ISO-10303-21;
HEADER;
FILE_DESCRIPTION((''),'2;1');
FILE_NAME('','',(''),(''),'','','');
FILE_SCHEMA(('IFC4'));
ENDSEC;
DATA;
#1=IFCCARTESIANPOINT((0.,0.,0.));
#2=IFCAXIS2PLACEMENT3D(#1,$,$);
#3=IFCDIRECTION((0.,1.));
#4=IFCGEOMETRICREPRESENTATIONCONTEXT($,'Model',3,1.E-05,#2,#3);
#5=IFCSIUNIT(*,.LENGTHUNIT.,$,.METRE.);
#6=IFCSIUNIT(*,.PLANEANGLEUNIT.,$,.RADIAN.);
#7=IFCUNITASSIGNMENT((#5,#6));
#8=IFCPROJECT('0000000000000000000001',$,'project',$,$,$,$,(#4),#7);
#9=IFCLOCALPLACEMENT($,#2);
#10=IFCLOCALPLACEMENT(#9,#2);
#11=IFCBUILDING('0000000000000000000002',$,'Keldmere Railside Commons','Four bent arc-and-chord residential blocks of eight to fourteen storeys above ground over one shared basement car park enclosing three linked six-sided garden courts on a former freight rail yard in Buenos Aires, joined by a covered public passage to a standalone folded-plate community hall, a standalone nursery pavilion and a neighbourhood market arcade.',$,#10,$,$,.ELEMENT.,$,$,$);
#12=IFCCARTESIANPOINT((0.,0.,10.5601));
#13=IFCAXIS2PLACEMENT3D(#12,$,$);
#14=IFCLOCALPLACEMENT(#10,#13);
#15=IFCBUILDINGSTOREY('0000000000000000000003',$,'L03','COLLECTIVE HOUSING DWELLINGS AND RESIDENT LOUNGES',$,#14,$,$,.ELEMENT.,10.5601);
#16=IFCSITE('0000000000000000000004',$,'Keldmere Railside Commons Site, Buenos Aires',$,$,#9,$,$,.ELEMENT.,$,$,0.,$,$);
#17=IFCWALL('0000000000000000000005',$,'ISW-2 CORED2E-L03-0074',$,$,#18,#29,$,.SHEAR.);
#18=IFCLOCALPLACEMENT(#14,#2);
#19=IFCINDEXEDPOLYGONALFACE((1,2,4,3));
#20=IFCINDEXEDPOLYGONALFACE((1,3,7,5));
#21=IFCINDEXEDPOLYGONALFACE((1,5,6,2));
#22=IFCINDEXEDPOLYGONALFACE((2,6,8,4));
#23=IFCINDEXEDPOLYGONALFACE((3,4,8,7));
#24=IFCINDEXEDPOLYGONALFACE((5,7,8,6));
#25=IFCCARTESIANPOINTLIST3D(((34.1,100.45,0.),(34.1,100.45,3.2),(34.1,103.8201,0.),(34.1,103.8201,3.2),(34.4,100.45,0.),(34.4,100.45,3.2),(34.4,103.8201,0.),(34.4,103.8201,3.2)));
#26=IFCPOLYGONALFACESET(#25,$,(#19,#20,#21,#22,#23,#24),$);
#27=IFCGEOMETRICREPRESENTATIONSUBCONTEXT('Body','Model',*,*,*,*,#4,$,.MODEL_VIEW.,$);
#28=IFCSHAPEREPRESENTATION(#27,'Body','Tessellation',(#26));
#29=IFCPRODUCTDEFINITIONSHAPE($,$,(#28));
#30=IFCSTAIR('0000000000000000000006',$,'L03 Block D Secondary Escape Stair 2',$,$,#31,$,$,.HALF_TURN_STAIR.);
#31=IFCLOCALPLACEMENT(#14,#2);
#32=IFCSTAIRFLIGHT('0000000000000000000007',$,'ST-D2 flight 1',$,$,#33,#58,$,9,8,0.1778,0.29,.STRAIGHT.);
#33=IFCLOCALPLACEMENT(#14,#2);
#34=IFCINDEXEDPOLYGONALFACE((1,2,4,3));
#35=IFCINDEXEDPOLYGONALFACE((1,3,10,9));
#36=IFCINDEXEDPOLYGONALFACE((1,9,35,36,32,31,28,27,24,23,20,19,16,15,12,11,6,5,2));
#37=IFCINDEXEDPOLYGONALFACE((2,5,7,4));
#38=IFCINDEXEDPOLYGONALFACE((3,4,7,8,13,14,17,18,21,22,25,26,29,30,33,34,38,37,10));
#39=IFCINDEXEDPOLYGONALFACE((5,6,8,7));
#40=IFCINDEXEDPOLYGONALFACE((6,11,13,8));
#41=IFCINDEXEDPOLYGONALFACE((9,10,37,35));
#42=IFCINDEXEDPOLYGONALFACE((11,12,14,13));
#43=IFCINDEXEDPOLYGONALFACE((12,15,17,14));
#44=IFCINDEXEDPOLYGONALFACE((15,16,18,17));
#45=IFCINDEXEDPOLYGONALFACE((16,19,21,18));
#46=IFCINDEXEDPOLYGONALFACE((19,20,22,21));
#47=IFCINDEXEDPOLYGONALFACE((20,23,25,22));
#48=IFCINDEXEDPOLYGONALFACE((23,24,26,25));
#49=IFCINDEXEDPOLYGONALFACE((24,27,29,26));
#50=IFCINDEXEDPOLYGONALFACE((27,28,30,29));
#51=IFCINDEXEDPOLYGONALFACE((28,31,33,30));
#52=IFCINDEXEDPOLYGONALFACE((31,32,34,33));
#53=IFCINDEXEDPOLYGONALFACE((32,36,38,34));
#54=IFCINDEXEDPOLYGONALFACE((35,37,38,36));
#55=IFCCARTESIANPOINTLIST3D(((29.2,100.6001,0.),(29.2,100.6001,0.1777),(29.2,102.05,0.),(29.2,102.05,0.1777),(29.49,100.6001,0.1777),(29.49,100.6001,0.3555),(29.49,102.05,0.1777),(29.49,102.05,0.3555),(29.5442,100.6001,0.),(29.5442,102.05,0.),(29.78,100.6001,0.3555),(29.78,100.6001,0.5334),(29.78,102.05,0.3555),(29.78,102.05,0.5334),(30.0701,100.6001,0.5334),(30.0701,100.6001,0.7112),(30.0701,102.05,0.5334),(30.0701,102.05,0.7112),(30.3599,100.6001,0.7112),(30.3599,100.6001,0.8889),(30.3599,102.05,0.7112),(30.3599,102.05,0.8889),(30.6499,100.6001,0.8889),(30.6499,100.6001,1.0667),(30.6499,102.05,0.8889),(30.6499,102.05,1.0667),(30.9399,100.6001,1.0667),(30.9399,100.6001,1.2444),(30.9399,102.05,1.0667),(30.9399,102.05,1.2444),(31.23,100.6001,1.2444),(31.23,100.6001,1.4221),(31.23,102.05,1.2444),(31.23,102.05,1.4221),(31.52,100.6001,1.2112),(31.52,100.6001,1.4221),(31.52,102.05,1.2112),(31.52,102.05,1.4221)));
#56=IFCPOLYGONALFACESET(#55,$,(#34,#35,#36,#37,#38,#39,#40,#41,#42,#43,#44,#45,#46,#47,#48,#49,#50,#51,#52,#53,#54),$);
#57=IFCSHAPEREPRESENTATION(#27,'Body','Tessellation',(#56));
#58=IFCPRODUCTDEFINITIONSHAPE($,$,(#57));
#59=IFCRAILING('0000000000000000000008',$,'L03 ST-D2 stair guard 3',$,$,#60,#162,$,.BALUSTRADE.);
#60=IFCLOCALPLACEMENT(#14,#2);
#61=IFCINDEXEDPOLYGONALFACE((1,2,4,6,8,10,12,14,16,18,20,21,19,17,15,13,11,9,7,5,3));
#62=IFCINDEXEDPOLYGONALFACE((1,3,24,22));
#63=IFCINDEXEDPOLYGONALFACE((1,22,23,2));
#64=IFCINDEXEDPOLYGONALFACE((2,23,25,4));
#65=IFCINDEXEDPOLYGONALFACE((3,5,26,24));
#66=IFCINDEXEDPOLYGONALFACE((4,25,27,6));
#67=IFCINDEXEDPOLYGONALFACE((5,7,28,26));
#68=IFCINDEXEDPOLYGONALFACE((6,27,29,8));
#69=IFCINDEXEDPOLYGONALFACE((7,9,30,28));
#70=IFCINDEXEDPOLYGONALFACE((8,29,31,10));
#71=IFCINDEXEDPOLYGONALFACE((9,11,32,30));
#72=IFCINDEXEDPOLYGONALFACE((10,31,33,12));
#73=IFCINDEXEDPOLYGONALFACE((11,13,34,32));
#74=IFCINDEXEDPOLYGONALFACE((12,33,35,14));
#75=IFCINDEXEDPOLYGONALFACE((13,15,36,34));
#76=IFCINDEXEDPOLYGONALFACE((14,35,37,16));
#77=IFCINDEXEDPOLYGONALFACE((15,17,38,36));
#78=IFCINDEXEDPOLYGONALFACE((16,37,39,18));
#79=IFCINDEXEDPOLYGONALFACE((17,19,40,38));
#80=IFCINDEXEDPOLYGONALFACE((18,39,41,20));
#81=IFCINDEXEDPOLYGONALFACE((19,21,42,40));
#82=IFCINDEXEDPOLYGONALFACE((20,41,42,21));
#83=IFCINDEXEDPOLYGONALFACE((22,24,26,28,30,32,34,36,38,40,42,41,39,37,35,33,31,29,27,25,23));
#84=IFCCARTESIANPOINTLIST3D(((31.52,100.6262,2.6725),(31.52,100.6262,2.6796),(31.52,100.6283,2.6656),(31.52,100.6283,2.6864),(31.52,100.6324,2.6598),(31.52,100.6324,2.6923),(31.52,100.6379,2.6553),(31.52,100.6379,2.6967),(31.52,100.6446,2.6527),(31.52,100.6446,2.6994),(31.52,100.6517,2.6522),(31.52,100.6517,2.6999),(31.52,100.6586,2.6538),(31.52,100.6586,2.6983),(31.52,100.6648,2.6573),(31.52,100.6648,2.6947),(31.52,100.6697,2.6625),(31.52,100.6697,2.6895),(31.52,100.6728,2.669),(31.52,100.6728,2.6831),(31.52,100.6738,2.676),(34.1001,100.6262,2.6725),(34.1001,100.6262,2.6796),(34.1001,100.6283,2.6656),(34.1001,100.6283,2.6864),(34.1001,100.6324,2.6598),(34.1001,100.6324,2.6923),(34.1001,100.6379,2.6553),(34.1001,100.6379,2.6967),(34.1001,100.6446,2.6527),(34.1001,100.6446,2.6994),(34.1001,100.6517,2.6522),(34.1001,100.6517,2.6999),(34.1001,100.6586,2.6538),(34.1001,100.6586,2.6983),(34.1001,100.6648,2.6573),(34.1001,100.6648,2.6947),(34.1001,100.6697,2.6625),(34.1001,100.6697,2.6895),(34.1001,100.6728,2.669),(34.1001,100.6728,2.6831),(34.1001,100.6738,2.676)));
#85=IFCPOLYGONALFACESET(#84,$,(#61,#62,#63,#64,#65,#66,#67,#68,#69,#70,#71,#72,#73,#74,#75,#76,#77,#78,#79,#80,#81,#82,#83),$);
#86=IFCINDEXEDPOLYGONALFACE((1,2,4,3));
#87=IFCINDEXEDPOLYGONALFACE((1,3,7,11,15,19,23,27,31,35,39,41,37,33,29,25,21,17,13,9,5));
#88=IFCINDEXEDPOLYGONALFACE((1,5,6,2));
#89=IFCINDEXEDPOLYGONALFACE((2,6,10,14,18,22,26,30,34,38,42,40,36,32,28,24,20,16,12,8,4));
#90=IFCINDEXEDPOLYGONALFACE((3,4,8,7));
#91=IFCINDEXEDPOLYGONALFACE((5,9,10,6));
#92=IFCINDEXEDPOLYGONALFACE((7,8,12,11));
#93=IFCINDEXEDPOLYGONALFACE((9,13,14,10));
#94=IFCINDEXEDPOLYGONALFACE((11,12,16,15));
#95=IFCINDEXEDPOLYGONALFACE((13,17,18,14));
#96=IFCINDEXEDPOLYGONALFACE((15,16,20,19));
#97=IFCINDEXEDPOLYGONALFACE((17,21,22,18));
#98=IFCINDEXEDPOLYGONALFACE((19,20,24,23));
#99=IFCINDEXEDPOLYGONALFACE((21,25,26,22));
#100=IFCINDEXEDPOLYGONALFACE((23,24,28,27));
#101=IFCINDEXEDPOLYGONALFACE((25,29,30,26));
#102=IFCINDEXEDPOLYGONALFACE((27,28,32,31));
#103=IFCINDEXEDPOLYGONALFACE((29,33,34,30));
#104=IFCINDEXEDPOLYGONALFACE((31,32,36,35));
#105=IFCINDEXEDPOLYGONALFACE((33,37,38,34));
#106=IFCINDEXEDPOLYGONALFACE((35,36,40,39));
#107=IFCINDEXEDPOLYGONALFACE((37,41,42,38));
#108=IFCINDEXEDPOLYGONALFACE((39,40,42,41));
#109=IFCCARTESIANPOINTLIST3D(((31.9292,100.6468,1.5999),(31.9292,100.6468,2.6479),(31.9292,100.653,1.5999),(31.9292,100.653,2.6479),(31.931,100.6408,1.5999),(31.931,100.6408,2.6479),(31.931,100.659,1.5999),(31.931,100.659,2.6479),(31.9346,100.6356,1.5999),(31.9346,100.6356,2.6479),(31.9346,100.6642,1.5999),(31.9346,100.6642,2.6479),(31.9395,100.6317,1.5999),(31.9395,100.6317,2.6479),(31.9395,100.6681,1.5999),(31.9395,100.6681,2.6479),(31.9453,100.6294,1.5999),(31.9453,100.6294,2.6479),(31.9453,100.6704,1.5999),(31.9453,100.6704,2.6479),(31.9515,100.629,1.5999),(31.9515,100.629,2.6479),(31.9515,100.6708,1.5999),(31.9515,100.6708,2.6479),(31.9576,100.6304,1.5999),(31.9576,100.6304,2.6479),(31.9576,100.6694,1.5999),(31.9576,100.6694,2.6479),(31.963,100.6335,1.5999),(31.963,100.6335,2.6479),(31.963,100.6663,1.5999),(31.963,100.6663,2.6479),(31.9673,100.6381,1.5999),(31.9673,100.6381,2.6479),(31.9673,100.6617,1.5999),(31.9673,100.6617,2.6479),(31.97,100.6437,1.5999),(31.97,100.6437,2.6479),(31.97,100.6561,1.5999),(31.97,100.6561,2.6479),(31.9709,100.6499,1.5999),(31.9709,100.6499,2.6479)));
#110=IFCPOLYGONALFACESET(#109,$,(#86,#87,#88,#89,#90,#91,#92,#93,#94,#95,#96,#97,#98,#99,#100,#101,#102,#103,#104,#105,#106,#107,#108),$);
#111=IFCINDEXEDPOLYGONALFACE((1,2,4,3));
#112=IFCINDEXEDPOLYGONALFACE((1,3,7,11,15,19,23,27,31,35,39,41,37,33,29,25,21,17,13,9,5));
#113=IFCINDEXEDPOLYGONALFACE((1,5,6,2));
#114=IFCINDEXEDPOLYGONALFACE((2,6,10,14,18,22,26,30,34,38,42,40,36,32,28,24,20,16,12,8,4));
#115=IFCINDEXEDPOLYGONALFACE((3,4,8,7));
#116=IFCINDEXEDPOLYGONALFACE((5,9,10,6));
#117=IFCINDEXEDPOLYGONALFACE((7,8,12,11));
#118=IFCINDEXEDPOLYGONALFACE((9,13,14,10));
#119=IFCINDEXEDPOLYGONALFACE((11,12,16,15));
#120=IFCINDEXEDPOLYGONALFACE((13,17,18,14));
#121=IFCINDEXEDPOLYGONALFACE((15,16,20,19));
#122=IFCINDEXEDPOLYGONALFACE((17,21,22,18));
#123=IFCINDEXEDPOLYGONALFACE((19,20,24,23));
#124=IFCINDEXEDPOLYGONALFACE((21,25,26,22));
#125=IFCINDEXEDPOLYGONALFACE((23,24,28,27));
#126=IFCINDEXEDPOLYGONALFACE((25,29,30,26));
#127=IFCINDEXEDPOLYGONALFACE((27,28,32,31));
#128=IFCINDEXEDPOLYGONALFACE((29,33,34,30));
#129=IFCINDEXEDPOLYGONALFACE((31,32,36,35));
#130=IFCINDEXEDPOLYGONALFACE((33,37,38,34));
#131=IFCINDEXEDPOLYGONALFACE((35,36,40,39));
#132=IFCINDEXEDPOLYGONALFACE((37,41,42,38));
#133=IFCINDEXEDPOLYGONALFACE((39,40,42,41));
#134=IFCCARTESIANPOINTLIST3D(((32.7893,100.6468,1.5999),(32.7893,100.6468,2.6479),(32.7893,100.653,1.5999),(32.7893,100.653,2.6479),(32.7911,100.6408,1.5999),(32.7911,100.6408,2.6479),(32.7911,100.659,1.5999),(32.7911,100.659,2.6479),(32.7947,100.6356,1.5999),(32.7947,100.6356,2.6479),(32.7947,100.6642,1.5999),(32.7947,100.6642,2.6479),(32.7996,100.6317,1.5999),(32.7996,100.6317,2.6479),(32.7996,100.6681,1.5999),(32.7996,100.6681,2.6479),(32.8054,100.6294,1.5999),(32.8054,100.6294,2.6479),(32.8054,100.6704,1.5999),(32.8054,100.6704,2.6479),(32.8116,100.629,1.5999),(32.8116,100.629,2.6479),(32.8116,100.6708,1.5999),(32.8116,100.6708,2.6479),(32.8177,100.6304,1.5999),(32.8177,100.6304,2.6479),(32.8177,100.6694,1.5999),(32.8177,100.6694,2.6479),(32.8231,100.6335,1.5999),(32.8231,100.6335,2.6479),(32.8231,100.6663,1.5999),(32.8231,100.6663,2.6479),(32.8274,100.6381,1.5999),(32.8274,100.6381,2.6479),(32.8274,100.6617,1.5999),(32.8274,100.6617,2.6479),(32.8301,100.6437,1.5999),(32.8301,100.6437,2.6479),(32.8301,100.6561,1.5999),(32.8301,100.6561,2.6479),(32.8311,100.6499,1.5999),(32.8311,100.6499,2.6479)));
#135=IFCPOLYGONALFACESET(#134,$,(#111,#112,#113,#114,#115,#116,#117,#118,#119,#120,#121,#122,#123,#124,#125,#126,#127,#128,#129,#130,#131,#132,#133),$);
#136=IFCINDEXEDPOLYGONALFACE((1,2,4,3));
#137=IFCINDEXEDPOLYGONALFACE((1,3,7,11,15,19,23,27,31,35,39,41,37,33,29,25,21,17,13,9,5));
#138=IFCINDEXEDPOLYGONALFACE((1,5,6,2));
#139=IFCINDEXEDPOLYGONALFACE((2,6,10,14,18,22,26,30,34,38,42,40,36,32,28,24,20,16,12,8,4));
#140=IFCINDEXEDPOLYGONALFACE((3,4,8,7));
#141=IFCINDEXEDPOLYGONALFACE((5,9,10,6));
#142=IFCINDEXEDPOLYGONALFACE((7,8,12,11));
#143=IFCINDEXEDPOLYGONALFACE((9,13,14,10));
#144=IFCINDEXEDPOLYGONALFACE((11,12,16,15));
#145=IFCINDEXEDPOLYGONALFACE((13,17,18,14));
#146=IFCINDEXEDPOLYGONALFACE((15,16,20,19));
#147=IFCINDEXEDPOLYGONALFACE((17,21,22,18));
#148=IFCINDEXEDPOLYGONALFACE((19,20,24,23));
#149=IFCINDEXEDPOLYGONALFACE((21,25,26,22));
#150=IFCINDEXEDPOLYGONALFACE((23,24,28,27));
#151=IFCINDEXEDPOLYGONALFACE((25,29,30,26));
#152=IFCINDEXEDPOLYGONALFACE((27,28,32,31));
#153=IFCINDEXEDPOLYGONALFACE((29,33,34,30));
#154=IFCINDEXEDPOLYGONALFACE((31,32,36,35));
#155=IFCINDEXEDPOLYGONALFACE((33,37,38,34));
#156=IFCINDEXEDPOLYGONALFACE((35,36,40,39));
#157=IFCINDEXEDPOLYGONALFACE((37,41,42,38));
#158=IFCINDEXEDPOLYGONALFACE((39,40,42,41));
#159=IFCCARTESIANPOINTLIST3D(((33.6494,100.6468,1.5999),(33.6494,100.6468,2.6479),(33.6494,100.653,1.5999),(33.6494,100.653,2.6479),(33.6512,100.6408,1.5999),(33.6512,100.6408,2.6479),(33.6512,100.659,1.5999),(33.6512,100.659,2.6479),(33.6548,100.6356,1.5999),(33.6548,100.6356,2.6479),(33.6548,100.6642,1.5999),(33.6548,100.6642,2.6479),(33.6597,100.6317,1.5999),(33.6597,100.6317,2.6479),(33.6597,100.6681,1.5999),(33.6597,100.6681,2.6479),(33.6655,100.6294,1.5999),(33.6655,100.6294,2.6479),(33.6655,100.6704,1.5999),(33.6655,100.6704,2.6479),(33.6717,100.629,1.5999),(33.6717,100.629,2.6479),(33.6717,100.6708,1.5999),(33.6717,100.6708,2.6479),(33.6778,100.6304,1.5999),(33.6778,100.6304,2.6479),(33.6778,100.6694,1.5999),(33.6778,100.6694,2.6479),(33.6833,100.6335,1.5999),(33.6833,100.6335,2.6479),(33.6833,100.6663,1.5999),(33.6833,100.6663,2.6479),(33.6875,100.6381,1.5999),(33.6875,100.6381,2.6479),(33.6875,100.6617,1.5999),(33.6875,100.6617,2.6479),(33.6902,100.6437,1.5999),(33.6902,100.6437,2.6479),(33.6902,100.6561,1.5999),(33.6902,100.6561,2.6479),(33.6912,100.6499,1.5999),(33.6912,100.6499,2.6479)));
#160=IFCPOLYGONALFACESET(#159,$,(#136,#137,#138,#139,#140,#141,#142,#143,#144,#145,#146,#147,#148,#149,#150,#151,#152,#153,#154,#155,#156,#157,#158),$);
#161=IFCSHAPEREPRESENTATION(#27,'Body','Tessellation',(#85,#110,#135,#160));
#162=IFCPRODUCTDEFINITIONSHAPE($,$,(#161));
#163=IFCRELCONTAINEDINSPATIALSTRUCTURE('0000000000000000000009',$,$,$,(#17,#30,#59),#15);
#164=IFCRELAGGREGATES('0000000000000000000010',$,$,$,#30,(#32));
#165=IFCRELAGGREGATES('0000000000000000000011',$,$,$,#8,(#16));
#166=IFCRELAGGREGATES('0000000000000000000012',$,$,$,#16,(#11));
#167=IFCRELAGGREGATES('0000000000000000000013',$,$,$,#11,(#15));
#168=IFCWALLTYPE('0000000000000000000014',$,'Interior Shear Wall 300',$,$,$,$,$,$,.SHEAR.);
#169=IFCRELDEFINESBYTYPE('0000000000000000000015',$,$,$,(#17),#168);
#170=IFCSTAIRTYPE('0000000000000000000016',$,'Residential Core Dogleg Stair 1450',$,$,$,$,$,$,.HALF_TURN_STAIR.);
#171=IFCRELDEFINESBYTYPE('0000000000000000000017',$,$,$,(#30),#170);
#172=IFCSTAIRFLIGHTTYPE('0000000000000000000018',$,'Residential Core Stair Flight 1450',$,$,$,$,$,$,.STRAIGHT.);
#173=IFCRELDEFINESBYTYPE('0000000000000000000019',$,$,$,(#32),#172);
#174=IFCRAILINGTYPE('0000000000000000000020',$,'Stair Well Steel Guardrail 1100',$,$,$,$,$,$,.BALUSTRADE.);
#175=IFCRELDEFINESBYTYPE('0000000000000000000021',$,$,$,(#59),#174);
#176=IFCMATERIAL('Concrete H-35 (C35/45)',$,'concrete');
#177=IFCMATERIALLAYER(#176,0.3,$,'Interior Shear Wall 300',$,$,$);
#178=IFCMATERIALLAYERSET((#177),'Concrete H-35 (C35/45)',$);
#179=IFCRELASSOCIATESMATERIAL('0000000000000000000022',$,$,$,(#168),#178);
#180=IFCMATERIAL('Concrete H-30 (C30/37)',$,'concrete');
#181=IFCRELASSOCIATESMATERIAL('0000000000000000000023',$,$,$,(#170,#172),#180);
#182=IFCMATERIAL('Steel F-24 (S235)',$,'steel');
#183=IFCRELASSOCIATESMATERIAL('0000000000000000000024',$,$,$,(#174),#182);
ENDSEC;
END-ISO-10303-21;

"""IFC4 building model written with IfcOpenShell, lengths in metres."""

from ifc_helpers import new_model, si_unit, direction, frame, frame_2d, origin, origin_2d, place, context, subcontext, project, spatial, polyline, rectangle, circle, outline, extrude, material, layer, layer_set, type_object, element, aggregate, save


model = new_model("IFC4")

# Units and contexts
model_context = context("Model", 3, precision=1e-05, world=origin(), true_north=direction((0.0, 1.0)))
body_context = subcontext(model_context, "Body", "Model", "MODEL_VIEW")
ifc_project = project(units=[si_unit("LENGTHUNIT", "METRE"), si_unit("PLANEANGLEUNIT", "RADIAN")], contexts=[model_context])

# Site, building, storey
site_placement = place(None, origin())
site = spatial("IfcSite", under=ifc_project, at=site_placement, Name="Keldmere Railside Commons Site, Buenos Aires", CompositionType="ELEMENT", RefElevation=0.0)
building_placement = place(site_placement, origin())
building = spatial("IfcBuilding", under=site, at=building_placement, Name="Keldmere Railside Commons", Description="Four bent arc-and-chord residential blocks of eight to fourteen storeys above ground over one shared basement car park enclosing three linked six-sided garden courts on a former freight rail yard in Buenos Aires, joined by a covered public passage to a standalone folded-plate community hall, a standalone nursery pavilion and a neighbourhood market arcade.", CompositionType="ELEMENT")
storey_placement = place(building_placement, frame((0.0, 0.0, 10.5601)))
storey = spatial("IfcBuildingStorey", under=building, at=storey_placement, Name="L03", Description="COLLECTIVE HOUSING DWELLINGS AND RESIDENT LOUNGES", CompositionType="ELEMENT", Elevation=10.5601)

# Shared definitions
ifc_material_1 = material(Name="Concrete H-35 (C35/45)", Category="concrete")

# Wall
ifc_layer_1 = layer(ifc_material_1, 0.3, Name="Interior Shear Wall 300")
ifc_layer_set_1 = layer_set([ifc_layer_1], Name="Concrete H-35 (C35/45)")
wall_type_1 = type_object("IfcWallType", Name="Interior Shear Wall 300", PredefinedType="SHEAR", material=ifc_layer_set_1)
wall_1_placement = place(storey_placement, frame((34.25, 100.45, 0.0), z_axis=(0.0, 0.0, 1.0), x_axis=(0.0, 1.0, 0.0)))
element("IfcWall", 1, at=wall_1_placement, inside=storey, type_object=wall_type_1, Name="ISW-2 CORED2E-L03-0074", PredefinedType="SHEAR", context=body_context, shape_type="SweptSolid", body=[
    extrude(rectangle(XDim=3.3701, YDim=0.3, at=frame_2d((1.6851, 0.0))), origin(), (0.0, 0.0, 1.0), 3.2),
])

# Stair, stair flight
ifc_material_2 = material(Name="Concrete H-30 (C30/37)", Category="concrete")
stair_type = type_object("IfcStairType", Name="Residential Core Dogleg Stair 1450", PredefinedType="HALF_TURN_STAIR", material=ifc_material_2)
stair_placement = place(storey_placement, origin())
stair = element("IfcStair", 2, at=stair_placement, inside=storey, type_object=stair_type, Name="L03 Block D Secondary Escape Stair 2", PredefinedType="HALF_TURN_STAIR")
stair_flight_type = type_object("IfcStairFlightType", Name="Residential Core Stair Flight 1450", PredefinedType="STRAIGHT", material=ifc_material_2)
stair_flight_placement = place(storey_placement, frame((29.2, 101.325, 0.0), z_axis=(0.0, 0.0, 1.0), x_axis=(1.0, 0.0, 0.0)))
stair_flight = element("IfcStairFlight", 3, at=stair_flight_placement, type_object=stair_flight_type, Name="ST-D2 flight 1", NumberOfRisers=9, NumberOfTreads=8, PredefinedType="STRAIGHT", RiserHeight=0.1778, TreadLength=0.29, context=body_context, shape_type="SweptSolid", body=[
    extrude(outline(polyline([(0.0, 0.0), (0.0, 0.1777), (0.29, 0.1777), (0.29, 0.3555), (0.5801, 0.3555), (0.5801, 0.5334), (0.8701, 0.5334), (0.8701, 0.7112), (1.1599, 0.7112), (1.1599, 0.8889), (1.45, 0.8889), (1.45, 1.0667), (1.74, 1.0667), (1.74, 1.2444), (2.03, 1.2444), (2.03, 1.4221), (2.3201, 1.4221), (2.3201, 1.6001), (2.3201, 1.2112), (0.3442, 0.0), (0.0, 0.0)])), frame((0.0, 0.7251, 0.0), z_axis=(0.0, -1.0, 0.0), x_axis=(1.0, 0.0, 0.0)), (0.0, 0.0, 1.0), 1.45),
])
aggregate(stair, [stair_flight])

# Railing
ifc_material_3 = material(Name="Steel F-24 (S235)", Category="steel")
railing_type_1 = type_object("IfcRailingType", Name="Stair Well Steel Guardrail 1100", PredefinedType="BALUSTRADE", material=ifc_material_3)
railing_1_placement = place(storey_placement, frame((31.52, 100.6499, 1.5999)))
element("IfcRailing", 4, at=railing_1_placement, inside=storey, type_object=railing_type_1, Name="L03 ST-D2 stair guard 3", PredefinedType="BALUSTRADE", context=body_context, shape_type="SweptSolid", body=[
    extrude(circle(Radius=0.0239, at=origin_2d()), frame((0.0, 0.0, 1.0762), z_axis=(1.0, 0.0, 0.0), x_axis=(0.0, 1.0, 0.0)), (0.0, 0.0, 1.0), 2.5801),
    extrude(circle(Radius=0.021, at=origin_2d()), frame((0.4299, 0.0, 0.0)), (0.0, 0.0, 1.0), 1.0481),
    extrude(circle(Radius=0.021, at=origin_2d()), frame((1.29, 0.0, 0.0)), (0.0, 0.0, 1.0), 1.0481),
    extrude(circle(Radius=0.021, at=origin_2d()), frame((2.1501, 0.0, 0.0)), (0.0, 0.0, 1.0), 1.0481),
])

save(model, "model.ifc")
